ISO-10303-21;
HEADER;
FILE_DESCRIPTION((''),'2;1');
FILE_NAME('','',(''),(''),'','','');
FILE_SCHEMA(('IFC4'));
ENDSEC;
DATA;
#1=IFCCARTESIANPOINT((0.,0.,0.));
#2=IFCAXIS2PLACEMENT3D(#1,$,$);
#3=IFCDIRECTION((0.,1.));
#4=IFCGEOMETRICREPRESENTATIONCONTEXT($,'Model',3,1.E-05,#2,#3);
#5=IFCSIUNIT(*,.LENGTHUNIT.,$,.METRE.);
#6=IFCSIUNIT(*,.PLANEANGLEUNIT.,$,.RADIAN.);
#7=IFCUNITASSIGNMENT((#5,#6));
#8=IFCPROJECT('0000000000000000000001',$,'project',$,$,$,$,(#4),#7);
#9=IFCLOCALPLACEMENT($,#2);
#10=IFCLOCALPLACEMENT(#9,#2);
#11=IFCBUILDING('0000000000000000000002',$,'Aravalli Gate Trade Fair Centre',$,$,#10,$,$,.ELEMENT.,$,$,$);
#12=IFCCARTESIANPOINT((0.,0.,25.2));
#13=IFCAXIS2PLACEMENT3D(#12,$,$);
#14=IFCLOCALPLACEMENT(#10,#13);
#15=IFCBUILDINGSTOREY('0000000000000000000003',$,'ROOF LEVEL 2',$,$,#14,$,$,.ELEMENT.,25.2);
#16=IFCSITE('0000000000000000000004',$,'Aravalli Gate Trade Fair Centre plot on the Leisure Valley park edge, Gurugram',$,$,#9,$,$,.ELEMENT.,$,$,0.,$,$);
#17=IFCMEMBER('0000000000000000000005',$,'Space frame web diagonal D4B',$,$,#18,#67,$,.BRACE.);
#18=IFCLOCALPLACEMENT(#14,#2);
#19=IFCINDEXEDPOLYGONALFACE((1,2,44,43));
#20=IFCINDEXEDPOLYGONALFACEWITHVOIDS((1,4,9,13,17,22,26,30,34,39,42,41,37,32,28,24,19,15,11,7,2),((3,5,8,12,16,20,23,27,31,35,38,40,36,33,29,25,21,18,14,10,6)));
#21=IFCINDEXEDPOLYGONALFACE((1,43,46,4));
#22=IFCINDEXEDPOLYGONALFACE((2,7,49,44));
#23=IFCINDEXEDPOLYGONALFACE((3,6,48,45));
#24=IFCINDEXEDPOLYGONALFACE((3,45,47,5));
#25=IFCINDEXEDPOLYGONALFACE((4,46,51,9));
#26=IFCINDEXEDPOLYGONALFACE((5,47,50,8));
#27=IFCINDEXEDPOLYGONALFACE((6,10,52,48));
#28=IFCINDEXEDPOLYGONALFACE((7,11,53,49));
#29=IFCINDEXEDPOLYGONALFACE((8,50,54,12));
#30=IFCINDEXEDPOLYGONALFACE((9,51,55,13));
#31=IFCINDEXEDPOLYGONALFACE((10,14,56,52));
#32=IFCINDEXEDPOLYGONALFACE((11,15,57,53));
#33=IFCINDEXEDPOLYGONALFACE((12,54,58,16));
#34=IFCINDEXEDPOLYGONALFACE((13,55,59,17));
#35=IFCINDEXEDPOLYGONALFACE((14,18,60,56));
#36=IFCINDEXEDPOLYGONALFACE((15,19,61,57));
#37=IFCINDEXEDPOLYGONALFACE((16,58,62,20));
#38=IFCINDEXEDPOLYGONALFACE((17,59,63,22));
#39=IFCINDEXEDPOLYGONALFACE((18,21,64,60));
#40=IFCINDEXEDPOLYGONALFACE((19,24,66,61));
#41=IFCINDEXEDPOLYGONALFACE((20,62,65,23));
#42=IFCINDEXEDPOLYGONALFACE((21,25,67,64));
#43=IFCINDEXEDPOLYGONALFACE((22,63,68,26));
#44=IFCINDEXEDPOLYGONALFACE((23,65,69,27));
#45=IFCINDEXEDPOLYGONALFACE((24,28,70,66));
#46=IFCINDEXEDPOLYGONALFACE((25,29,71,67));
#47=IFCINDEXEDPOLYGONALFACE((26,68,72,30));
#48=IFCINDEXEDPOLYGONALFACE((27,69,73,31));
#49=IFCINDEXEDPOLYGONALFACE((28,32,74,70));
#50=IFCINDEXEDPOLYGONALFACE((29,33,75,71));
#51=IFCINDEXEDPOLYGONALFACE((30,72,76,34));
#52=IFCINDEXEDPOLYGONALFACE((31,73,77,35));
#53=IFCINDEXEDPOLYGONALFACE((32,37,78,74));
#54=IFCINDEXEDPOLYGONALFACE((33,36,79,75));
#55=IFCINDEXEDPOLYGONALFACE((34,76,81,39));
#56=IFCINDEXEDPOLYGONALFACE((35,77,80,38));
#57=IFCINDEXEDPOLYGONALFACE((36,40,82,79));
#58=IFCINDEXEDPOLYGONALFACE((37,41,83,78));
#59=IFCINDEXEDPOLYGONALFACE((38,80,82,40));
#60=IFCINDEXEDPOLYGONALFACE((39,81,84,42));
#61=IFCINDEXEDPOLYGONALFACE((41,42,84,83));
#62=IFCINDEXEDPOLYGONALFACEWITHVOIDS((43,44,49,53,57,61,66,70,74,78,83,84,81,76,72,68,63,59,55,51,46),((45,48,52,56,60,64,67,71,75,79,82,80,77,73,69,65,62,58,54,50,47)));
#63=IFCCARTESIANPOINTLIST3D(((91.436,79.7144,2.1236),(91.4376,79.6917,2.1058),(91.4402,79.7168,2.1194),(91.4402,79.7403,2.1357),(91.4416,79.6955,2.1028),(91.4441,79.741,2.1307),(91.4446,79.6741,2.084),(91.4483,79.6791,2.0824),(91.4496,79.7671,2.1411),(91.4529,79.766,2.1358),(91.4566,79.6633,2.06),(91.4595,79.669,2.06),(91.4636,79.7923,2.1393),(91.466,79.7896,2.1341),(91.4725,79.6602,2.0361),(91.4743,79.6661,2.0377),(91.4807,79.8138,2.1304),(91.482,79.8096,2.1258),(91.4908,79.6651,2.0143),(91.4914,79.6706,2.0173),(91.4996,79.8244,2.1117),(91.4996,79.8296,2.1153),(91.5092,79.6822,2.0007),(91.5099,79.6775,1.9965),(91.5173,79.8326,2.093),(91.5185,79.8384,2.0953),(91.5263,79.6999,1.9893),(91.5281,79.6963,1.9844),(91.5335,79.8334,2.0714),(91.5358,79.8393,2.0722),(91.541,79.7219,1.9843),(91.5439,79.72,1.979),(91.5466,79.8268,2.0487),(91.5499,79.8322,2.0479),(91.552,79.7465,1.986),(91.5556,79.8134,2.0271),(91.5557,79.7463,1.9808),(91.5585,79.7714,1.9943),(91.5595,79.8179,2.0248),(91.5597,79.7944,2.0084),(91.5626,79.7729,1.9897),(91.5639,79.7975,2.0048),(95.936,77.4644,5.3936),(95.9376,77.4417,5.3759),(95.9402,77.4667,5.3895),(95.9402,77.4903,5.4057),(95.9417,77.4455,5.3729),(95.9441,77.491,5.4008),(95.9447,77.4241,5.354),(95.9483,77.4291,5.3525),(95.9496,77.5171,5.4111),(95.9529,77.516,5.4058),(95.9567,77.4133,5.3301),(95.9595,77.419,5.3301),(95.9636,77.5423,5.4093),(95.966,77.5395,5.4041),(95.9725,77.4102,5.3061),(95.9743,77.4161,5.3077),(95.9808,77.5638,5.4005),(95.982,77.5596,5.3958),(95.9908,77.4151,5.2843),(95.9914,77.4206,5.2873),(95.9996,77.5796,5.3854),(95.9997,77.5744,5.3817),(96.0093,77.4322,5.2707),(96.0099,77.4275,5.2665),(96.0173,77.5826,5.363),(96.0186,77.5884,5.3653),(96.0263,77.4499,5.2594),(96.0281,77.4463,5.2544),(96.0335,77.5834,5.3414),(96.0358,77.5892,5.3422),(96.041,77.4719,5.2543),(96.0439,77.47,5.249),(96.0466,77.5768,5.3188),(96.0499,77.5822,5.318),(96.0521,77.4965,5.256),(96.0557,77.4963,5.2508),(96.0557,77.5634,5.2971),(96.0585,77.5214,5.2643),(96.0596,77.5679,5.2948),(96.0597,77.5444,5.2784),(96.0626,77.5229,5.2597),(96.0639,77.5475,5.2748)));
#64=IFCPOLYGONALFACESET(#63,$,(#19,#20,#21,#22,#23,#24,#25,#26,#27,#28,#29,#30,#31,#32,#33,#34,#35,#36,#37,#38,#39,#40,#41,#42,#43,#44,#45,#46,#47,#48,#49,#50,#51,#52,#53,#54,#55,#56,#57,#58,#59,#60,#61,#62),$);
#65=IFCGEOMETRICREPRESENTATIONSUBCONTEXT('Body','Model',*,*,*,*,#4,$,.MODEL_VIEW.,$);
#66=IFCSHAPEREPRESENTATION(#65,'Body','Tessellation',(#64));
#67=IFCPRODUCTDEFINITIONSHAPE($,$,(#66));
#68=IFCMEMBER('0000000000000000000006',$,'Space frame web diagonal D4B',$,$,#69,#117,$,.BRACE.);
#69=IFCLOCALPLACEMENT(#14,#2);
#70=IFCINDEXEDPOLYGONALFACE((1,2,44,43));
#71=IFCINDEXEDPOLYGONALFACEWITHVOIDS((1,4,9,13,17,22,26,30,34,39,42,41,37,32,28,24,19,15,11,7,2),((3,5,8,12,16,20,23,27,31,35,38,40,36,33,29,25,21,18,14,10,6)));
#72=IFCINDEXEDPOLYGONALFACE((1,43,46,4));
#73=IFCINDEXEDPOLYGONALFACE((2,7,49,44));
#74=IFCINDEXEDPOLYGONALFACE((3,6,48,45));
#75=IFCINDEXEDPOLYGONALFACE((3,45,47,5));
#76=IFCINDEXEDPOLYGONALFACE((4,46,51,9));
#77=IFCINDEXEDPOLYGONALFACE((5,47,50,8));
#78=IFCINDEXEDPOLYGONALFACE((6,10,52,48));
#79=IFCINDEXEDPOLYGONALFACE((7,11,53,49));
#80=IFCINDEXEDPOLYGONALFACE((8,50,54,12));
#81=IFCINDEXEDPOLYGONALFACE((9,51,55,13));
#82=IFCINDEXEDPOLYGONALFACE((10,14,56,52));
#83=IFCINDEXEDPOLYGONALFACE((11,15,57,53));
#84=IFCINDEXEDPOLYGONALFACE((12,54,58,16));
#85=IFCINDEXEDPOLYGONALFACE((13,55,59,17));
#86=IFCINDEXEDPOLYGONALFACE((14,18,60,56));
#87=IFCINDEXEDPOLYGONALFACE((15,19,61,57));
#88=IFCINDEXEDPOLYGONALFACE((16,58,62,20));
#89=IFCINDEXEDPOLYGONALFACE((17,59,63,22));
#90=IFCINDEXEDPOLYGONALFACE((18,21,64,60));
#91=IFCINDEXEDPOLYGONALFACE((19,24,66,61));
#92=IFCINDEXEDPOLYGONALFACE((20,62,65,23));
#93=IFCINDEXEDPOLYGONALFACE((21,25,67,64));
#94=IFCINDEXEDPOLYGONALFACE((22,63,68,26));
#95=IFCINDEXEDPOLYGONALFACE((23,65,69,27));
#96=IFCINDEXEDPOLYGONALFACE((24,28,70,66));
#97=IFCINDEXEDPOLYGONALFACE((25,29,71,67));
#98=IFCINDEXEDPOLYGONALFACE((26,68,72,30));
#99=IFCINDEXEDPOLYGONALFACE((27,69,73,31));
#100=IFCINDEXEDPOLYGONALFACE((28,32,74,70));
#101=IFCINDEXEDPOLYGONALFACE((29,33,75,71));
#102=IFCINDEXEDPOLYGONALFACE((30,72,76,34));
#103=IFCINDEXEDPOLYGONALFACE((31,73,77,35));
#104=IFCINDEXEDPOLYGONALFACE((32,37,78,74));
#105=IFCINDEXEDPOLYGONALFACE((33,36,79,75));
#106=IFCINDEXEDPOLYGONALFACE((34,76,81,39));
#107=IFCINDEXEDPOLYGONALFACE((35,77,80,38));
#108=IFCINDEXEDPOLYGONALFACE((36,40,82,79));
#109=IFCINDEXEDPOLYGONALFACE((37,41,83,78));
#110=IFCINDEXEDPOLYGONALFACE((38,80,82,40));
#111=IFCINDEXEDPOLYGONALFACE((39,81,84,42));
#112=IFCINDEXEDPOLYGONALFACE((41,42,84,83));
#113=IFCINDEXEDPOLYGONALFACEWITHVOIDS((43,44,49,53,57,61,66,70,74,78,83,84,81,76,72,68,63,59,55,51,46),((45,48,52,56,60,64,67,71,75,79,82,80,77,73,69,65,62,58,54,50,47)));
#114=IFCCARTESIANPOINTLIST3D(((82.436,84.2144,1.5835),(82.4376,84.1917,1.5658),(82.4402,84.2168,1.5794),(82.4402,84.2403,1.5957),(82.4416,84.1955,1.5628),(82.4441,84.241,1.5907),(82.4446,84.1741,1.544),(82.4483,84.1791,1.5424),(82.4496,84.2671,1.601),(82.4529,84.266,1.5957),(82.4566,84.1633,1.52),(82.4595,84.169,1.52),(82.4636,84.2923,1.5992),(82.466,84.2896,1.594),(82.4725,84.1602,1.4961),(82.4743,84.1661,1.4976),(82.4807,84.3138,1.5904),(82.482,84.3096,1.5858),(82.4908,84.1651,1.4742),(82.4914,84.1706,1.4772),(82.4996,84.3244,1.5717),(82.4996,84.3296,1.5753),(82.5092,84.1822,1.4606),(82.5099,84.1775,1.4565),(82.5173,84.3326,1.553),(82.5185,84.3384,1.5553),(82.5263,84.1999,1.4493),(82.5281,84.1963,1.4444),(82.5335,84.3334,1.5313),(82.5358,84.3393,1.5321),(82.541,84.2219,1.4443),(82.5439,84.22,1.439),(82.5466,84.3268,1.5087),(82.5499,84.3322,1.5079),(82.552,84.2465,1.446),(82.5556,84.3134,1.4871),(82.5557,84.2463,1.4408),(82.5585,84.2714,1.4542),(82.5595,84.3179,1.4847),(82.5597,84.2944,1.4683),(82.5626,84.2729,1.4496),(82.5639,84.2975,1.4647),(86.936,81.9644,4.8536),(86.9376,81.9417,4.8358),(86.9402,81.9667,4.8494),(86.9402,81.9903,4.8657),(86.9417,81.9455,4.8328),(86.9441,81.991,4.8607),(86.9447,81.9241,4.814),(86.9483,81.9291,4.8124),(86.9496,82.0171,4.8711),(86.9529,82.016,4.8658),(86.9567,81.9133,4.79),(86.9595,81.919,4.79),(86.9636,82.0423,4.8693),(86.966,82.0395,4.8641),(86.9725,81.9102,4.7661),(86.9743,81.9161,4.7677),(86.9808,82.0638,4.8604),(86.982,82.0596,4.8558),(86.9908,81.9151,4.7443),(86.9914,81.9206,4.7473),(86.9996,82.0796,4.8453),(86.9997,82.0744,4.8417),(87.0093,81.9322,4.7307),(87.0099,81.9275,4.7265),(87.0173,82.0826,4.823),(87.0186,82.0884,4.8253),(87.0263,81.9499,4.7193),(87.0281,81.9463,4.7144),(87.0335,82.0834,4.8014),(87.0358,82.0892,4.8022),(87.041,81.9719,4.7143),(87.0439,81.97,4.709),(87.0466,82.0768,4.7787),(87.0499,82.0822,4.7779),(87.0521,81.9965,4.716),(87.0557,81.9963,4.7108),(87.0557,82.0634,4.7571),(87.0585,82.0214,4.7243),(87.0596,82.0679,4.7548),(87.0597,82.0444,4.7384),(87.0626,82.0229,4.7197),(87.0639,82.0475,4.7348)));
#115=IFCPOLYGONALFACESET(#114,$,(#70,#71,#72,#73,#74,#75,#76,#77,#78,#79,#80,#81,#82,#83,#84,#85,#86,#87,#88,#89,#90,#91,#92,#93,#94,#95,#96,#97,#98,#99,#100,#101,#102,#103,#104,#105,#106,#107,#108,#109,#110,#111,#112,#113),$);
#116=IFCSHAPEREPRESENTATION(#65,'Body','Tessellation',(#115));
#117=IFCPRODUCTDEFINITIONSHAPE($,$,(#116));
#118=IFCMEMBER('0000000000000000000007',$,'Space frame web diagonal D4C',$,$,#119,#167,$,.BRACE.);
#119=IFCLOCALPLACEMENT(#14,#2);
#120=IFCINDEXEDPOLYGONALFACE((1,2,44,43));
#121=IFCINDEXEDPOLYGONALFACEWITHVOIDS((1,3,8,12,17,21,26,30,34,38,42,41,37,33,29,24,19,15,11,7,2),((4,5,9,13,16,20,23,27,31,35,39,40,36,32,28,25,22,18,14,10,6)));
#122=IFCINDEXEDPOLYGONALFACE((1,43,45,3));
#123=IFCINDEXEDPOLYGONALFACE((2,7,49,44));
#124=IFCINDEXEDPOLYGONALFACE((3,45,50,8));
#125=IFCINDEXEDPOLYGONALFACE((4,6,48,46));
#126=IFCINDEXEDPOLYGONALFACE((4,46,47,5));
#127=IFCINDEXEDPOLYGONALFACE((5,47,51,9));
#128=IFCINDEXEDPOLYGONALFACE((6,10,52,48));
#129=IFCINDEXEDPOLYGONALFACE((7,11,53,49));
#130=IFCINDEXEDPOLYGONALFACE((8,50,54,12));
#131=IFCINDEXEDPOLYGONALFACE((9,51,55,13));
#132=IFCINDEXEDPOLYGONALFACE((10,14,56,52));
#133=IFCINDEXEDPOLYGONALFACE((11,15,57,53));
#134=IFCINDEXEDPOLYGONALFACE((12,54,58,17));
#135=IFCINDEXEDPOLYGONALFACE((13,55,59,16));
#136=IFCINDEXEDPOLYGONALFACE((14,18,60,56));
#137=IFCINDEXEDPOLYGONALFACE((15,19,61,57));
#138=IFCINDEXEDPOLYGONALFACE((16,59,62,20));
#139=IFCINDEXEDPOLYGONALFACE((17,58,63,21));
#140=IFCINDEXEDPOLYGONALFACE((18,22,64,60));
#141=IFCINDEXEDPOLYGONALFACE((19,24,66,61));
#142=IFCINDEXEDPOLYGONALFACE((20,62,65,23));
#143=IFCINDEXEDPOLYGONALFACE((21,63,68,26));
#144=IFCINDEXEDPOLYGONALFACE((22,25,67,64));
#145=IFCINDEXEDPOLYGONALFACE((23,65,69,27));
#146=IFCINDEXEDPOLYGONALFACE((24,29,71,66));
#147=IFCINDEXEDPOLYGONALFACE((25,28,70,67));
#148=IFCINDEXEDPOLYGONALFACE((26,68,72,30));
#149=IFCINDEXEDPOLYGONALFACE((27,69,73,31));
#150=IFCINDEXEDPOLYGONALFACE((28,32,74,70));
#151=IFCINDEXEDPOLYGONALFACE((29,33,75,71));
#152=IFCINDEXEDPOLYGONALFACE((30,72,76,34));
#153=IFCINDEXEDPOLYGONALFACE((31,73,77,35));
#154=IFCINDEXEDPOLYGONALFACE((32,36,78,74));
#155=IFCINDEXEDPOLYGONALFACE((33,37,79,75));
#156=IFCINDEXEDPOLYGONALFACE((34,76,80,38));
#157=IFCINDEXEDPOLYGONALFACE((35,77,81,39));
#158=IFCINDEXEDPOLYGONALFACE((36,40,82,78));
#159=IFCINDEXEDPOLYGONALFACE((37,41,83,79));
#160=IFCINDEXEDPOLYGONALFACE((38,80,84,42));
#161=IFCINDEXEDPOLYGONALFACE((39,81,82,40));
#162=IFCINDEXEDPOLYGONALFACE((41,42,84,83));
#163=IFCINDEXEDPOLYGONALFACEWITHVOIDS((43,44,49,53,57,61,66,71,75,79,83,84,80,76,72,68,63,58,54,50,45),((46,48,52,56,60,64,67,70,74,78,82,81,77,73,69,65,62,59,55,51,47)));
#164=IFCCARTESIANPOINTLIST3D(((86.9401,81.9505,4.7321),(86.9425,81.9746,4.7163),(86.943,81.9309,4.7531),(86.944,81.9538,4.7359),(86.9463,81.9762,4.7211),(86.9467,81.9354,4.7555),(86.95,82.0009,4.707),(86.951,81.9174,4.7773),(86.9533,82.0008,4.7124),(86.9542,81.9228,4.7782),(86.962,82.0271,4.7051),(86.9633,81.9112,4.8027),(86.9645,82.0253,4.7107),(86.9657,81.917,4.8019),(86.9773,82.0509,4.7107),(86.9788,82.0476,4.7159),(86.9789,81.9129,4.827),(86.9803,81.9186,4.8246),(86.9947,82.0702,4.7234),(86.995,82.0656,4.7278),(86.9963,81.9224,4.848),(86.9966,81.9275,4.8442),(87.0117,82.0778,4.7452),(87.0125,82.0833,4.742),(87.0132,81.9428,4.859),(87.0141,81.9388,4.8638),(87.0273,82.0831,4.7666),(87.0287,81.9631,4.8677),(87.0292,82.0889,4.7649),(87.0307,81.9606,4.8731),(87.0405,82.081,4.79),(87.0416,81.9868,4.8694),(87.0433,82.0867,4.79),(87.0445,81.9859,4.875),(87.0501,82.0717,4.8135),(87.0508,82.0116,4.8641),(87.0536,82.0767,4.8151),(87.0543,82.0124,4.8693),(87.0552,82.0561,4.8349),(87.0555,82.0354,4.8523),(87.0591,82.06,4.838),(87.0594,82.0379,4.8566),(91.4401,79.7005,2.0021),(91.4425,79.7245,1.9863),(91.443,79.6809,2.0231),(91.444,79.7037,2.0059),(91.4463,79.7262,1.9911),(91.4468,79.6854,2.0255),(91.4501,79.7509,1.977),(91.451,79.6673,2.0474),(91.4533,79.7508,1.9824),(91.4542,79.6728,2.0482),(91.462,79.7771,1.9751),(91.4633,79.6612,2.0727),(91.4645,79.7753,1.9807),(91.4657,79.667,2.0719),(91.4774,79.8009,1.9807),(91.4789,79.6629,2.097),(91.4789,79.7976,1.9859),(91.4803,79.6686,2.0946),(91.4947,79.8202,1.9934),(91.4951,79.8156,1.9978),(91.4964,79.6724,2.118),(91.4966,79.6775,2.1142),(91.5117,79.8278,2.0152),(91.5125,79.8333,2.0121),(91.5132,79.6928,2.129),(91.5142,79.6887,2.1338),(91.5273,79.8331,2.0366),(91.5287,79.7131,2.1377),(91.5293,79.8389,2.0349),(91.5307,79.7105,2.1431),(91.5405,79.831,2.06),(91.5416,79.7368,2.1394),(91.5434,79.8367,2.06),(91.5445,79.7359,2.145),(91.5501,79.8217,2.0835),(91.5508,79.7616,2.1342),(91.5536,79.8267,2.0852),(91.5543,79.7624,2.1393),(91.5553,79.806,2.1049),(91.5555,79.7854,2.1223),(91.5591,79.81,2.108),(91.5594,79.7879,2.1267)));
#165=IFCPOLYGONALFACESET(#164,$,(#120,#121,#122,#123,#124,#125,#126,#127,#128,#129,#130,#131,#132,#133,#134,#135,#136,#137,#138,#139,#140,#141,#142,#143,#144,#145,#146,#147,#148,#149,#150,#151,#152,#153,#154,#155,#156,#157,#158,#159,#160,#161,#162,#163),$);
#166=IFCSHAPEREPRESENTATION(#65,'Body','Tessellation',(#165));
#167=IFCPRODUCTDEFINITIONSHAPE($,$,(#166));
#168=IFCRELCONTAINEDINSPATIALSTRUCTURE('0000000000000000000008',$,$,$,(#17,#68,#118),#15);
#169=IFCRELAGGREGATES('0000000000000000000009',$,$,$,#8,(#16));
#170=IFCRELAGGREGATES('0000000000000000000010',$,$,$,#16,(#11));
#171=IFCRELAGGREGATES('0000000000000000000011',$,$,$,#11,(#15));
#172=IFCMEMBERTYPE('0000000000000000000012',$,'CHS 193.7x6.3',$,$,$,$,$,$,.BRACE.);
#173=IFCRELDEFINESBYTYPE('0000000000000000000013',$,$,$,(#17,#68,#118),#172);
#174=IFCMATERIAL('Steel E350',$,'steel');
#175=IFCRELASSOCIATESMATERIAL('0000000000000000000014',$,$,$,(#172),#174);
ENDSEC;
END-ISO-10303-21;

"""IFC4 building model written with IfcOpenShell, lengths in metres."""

from ifc_helpers import new_model, si_unit, direction, frame, origin, origin_2d, place, context, subcontext, project, spatial, hollow_circle, extrude, material, material_profile, profile_set, type_object, element, save


model = new_model("IFC4")

# Units and contexts
model_context = context("Model", 3, precision=1e-05, world=origin(), true_north=direction((0.0, 1.0)))
body_context = subcontext(model_context, "Body", "Model", "MODEL_VIEW")
ifc_project = project(units=[si_unit("LENGTHUNIT", "METRE"), si_unit("PLANEANGLEUNIT", "RADIAN")], contexts=[model_context])

# Site, building, storey
site_placement = place(None, origin())
site = spatial("IfcSite", under=ifc_project, at=site_placement, Name="Aravalli Gate Trade Fair Centre plot on the Leisure Valley park edge, Gurugram", CompositionType="ELEMENT", RefElevation=0.0)
building_placement = place(site_placement, origin())
building = spatial("IfcBuilding", under=site, at=building_placement, Name="Aravalli Gate Trade Fair Centre", CompositionType="ELEMENT")
storey_placement = place(building_placement, frame((0.0, 0.0, 25.2)))
storey = spatial("IfcBuildingStorey", under=building, at=storey_placement, Name="ROOF LEVEL 2", CompositionType="ELEMENT", Elevation=25.2)

# Members
ifc_material = material(Name="Steel E350", Category="steel")
ifc_material_profile_1 = material_profile(ifc_material, hollow_circle(Radius=0.0969, WallThickness=0.0063, at=origin_2d()), Name="CHS 193.7x6.3")
ifc_profile_set_1 = profile_set([ifc_material_profile_1], Name="Steel E350")
member_type_1 = type_object("IfcMemberType", Name="CHS 193.7x6.3", PredefinedType="BRACE", material=ifc_profile_set_1)
for number, where, z_axis, x_axis, name in (
    (1, (96.0, 77.5, 5.3301), (-0.749942, 0.374971, -0.544961), (-0.447214, -0.894427, 0.0), "Space frame web diagonal D4B"),
    (2, (87.0, 82.0, 4.79), (-0.749942, 0.374971, -0.544961), (-0.447214, -0.894427, 0.0), "Space frame web diagonal D4B"),
):
    element("IfcMember", number, at=place(storey_placement, frame(where, z_axis=z_axis, x_axis=x_axis)), inside=storey, type_object=member_type_1, Name=name, PredefinedType="BRACE", context=body_context, shape_type="SweptSolid", body=[
        extrude(hollow_circle(Radius=0.0969, WallThickness=0.0063, at=origin_2d()), origin(), (0.0, 0.0, 1.0), 6.0005),
    ])
for number, where, z_axis, x_axis, name in (
    (3, (87.0, 82.0, 4.79), (0.78615, -0.393075, -0.476928), (0.447214, 0.894427, 0.0), "Space frame web diagonal D4C"),
):
    element("IfcMember", number, at=place(storey_placement, frame(where, z_axis=z_axis, x_axis=x_axis)), inside=storey, type_object=member_type_1, Name=name, PredefinedType="BRACE", context=body_context, shape_type="SweptSolid", body=[
        extrude(hollow_circle(Radius=0.0969, WallThickness=0.0063, at=origin_2d()), origin(), (0.0, 0.0, 1.0), 5.7241),
    ])

save(model, "model.ifc")
